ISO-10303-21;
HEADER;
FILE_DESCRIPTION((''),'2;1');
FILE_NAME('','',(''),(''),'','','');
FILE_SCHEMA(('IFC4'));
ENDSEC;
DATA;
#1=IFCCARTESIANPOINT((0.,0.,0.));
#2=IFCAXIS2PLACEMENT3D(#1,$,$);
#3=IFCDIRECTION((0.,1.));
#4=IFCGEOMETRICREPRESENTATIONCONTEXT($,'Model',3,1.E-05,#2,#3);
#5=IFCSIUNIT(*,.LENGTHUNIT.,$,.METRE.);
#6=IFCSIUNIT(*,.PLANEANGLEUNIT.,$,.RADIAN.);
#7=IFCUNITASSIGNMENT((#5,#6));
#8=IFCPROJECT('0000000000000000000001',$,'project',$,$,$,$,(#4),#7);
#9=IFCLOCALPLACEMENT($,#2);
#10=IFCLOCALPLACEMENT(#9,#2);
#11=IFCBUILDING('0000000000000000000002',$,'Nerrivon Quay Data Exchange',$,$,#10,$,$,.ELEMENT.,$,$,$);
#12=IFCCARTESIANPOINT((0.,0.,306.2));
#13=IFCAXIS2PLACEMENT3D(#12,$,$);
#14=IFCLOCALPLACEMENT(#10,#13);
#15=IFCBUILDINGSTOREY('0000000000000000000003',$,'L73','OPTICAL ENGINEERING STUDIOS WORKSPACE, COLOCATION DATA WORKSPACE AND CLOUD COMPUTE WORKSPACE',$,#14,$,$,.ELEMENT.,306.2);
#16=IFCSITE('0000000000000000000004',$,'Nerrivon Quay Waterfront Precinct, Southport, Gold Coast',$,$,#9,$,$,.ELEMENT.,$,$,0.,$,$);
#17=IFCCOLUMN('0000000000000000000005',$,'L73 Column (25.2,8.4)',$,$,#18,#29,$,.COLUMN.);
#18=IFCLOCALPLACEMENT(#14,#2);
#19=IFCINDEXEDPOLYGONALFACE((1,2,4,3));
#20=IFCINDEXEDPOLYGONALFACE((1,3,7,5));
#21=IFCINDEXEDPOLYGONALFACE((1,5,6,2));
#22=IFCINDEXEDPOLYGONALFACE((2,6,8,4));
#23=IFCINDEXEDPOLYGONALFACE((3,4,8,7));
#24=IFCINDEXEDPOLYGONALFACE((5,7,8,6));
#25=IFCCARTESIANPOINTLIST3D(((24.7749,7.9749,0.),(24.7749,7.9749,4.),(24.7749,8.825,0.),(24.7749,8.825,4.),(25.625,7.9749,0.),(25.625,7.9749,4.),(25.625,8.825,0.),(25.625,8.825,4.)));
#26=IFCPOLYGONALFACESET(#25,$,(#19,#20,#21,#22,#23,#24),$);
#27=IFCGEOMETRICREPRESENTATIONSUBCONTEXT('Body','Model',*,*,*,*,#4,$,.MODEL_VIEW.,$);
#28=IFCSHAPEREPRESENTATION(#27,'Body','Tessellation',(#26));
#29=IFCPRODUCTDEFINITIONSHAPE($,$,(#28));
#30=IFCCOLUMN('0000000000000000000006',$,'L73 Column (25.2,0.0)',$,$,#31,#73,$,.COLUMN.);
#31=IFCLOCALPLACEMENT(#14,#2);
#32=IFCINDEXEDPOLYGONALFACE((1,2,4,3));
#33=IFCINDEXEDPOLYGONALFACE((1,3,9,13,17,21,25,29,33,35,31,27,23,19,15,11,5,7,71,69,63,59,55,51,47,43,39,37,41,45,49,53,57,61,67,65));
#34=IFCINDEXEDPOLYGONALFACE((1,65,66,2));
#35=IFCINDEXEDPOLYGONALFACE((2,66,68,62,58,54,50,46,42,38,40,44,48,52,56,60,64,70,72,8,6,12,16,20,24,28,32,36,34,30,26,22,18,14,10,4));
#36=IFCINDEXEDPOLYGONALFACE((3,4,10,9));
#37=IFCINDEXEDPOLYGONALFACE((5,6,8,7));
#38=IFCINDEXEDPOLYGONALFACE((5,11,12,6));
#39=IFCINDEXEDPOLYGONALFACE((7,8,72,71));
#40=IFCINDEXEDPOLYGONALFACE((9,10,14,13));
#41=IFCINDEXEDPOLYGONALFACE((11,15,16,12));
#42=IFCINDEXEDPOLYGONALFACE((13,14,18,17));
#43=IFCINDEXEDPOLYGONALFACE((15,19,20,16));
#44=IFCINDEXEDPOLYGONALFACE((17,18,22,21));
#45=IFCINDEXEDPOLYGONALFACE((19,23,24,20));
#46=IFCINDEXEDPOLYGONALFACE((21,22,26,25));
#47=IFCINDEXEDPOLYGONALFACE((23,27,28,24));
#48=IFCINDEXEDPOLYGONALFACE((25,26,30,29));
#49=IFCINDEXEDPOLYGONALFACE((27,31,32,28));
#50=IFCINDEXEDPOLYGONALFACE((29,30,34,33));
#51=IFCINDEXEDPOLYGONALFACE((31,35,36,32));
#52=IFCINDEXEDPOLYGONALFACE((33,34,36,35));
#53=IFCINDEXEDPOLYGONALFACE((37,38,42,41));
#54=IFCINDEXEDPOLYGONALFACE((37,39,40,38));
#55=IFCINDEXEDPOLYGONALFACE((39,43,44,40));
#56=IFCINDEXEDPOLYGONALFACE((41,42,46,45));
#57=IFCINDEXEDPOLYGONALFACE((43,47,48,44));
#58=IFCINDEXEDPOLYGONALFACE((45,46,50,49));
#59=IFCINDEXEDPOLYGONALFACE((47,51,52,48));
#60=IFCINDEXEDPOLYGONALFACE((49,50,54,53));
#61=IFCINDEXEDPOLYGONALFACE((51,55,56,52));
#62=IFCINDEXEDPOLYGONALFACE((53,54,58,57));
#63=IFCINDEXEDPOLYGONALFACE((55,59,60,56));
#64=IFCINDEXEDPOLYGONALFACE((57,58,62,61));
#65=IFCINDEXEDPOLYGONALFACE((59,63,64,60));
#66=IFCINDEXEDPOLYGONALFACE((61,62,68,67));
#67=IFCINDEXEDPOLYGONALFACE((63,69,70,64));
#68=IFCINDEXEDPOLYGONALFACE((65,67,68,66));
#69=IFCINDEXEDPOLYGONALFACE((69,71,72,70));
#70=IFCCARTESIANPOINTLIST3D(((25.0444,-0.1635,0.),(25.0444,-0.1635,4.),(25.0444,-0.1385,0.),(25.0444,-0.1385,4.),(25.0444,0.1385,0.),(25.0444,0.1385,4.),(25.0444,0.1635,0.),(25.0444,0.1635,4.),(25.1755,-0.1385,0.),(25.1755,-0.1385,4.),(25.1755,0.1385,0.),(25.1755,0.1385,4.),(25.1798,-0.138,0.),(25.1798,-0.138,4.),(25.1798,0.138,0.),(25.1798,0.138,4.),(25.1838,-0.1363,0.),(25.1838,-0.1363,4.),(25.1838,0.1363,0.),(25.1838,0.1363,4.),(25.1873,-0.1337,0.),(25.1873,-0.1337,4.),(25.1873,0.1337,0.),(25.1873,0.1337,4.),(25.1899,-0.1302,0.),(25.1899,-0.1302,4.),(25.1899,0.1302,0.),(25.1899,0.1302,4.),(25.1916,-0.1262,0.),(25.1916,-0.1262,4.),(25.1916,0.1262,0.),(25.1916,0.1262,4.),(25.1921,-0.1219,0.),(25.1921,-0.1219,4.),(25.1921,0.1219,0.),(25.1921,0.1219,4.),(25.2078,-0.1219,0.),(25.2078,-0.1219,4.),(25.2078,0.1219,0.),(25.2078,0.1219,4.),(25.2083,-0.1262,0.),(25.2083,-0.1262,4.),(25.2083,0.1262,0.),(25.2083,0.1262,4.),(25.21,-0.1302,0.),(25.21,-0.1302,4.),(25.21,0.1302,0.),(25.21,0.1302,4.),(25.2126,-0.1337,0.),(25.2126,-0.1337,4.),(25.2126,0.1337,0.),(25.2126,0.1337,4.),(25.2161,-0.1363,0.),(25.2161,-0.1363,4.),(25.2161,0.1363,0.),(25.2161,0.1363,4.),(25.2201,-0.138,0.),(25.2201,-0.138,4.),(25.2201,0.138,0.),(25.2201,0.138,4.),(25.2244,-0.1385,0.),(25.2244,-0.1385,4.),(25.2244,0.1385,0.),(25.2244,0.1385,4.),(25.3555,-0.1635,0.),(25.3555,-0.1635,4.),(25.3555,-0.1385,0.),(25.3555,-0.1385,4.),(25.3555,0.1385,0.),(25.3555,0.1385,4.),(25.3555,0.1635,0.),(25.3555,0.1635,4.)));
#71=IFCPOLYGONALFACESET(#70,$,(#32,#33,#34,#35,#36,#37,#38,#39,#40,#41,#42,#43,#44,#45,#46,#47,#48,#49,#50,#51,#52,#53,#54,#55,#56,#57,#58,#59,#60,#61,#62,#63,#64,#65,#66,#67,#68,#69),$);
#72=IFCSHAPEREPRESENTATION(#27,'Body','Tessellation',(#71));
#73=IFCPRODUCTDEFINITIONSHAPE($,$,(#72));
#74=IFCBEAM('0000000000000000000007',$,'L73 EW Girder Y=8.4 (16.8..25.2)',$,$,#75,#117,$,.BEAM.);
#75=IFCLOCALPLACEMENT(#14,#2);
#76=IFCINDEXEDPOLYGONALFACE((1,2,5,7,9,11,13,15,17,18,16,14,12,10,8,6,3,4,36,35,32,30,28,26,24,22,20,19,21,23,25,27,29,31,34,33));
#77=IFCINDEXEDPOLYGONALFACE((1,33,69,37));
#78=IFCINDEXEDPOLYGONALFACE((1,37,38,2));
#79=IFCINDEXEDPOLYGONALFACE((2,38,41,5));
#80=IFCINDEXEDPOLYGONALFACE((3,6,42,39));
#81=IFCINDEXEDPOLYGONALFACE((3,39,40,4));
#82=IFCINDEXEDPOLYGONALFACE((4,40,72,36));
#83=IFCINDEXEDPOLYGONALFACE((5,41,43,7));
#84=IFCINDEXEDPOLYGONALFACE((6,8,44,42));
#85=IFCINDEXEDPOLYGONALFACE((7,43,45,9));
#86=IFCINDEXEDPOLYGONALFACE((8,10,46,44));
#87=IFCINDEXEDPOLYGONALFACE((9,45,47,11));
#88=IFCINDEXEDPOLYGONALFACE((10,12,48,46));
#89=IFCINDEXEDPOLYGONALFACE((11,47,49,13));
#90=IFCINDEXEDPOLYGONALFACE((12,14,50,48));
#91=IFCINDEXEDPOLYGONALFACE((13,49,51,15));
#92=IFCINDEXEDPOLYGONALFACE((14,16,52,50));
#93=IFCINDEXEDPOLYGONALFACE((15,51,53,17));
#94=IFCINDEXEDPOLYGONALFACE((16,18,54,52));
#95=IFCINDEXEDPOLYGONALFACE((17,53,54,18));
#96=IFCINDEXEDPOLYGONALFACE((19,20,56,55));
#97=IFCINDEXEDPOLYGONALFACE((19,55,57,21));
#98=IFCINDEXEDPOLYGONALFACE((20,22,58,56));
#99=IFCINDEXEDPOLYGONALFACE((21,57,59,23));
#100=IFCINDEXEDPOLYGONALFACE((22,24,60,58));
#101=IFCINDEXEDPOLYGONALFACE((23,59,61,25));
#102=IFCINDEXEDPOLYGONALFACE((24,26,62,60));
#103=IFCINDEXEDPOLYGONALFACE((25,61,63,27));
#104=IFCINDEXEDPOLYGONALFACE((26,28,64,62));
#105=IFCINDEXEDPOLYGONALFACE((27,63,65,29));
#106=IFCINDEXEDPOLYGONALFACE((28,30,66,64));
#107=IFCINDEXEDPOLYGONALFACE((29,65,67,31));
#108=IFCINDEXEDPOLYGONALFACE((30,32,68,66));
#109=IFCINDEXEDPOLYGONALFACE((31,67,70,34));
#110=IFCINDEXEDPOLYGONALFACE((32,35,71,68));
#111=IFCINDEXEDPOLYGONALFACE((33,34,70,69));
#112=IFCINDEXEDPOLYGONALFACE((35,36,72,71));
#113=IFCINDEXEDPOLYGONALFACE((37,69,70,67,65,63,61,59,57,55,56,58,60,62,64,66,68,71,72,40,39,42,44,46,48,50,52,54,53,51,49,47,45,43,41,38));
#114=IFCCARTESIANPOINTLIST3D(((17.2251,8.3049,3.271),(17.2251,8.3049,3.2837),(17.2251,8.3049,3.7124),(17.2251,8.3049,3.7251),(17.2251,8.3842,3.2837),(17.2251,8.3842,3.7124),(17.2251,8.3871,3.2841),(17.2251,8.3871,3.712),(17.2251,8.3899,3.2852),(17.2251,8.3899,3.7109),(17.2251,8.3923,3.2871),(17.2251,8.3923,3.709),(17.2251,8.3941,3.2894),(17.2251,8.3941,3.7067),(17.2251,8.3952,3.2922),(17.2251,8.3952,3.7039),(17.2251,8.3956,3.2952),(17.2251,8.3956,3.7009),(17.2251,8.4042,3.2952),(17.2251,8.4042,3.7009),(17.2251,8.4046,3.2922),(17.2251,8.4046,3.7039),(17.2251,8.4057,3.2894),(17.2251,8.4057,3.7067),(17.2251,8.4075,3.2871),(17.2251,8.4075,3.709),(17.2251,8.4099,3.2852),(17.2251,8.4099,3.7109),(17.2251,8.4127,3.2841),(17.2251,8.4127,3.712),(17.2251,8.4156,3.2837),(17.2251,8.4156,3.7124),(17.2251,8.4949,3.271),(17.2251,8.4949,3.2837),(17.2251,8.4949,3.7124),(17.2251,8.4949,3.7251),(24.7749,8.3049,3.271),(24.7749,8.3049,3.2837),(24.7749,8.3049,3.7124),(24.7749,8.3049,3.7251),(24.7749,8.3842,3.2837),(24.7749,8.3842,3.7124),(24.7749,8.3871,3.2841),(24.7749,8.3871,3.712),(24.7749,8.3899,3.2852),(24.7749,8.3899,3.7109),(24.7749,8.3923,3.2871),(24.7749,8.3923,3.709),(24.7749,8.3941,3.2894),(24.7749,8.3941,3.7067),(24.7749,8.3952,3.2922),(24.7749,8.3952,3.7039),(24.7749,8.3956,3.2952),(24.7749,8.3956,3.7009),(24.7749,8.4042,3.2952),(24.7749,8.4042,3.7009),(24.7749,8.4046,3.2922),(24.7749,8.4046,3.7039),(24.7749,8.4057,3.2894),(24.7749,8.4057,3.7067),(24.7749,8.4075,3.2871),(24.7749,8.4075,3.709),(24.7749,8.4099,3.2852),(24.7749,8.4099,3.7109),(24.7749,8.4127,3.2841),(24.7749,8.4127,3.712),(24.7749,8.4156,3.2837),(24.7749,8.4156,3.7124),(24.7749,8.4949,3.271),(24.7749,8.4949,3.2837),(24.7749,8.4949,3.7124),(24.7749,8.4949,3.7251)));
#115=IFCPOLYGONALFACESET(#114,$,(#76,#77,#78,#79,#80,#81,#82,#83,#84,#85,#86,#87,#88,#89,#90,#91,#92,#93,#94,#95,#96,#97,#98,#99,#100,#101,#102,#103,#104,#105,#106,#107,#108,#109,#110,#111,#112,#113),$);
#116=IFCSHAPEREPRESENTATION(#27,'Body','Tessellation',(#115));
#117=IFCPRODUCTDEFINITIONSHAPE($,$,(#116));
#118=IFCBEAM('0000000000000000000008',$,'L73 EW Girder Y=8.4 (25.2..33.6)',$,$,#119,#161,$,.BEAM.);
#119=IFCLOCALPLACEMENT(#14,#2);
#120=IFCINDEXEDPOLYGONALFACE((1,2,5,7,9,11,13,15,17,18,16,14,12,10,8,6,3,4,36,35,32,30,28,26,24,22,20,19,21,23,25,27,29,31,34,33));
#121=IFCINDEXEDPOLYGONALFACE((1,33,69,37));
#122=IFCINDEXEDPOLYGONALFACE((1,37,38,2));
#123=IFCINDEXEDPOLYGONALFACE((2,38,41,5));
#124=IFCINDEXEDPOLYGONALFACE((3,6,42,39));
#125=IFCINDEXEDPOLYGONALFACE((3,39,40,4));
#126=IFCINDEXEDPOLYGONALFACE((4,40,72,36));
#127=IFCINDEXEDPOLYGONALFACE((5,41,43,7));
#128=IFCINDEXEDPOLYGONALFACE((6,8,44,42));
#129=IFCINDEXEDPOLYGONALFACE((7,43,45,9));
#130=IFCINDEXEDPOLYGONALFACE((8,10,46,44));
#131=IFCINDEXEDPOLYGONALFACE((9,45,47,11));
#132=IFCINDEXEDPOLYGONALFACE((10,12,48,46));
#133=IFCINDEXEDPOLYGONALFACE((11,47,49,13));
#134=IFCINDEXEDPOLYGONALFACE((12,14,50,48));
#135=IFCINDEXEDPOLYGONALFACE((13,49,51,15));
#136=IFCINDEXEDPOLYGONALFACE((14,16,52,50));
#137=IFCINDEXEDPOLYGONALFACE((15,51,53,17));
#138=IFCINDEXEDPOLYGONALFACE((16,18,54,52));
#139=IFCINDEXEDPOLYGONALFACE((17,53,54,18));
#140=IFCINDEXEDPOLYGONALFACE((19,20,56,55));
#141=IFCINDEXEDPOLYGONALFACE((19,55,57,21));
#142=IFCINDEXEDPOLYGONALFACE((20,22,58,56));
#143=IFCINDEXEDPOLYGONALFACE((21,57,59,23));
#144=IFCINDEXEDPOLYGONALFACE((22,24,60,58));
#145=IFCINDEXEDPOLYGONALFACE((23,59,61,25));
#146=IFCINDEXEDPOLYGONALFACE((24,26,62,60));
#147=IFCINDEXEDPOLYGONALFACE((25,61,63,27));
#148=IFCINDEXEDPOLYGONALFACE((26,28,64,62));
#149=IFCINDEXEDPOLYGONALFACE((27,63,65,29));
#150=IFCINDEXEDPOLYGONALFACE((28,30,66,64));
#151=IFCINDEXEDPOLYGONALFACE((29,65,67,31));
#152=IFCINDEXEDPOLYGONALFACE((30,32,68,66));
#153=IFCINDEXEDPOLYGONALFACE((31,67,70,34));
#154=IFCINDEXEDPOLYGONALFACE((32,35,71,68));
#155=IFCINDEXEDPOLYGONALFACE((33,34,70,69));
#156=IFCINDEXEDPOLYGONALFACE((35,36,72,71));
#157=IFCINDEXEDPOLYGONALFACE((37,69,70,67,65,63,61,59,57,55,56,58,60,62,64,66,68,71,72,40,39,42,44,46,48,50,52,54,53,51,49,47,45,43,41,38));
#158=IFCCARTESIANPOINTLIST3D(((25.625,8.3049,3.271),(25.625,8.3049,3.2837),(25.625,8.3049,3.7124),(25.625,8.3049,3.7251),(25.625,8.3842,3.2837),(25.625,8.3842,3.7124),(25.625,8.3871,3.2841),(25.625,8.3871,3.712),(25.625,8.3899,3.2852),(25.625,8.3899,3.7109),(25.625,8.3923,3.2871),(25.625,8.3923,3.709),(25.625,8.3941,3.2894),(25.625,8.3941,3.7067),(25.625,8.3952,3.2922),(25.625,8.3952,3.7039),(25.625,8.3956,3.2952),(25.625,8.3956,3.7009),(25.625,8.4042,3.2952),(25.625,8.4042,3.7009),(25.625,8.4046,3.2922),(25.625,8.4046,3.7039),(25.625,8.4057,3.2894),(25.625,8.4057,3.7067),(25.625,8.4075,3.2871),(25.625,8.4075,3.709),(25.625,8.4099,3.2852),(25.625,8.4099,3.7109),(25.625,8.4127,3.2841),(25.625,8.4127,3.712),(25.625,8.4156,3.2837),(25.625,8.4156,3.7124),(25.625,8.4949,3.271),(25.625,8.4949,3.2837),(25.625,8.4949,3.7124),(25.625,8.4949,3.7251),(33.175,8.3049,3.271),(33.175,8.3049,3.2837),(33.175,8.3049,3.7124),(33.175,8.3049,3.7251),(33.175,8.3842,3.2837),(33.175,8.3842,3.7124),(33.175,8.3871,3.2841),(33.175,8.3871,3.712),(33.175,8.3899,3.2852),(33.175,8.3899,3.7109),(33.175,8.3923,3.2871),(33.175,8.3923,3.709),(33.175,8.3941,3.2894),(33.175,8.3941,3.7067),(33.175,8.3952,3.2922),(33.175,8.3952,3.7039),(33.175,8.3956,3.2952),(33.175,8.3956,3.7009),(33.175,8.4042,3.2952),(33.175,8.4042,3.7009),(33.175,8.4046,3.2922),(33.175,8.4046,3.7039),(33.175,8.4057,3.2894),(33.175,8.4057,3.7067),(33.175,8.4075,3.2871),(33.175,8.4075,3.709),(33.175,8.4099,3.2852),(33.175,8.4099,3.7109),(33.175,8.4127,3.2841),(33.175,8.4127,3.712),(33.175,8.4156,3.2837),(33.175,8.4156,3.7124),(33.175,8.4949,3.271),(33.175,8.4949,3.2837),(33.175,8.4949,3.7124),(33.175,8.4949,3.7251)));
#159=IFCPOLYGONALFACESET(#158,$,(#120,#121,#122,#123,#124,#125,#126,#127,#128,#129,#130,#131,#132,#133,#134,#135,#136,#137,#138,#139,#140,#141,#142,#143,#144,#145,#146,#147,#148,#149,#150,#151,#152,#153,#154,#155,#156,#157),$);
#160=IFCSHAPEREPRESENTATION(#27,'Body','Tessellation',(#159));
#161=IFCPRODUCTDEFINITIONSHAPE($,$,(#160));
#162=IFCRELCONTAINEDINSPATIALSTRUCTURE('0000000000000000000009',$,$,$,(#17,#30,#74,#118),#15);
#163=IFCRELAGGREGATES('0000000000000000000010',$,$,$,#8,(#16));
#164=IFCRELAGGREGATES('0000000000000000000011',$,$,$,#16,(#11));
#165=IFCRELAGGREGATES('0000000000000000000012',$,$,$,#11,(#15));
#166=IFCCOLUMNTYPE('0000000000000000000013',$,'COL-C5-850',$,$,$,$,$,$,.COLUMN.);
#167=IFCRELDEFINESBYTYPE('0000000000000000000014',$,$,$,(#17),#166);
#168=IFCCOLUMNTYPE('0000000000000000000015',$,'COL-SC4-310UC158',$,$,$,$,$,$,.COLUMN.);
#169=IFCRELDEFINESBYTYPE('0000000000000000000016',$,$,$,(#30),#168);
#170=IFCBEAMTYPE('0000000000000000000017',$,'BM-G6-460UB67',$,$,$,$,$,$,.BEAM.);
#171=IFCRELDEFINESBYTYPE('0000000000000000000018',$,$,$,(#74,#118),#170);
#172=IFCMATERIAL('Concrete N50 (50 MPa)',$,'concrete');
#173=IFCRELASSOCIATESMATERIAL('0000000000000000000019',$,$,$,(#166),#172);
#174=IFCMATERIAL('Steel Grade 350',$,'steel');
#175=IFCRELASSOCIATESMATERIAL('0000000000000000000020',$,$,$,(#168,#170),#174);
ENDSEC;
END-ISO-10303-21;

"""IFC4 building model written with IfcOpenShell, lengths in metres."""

from ifc_helpers import new_model, si_unit, direction, frame, origin, origin_2d, place, context, subcontext, project, spatial, rectangle, i_section, extrude, material, material_profile, profile_set, type_object, element, save


model = new_model("IFC4")

# Units and contexts
model_context = context("Model", 3, precision=1e-05, world=origin(), true_north=direction((0.0, 1.0)))
body_context = subcontext(model_context, "Body", "Model", "MODEL_VIEW")
ifc_project = project(units=[si_unit("LENGTHUNIT", "METRE"), si_unit("PLANEANGLEUNIT", "RADIAN")], contexts=[model_context])

# Site, building, storey
site_placement = place(None, origin())
site = spatial("IfcSite", under=ifc_project, at=site_placement, Name="Nerrivon Quay Waterfront Precinct, Southport, Gold Coast", CompositionType="ELEMENT", RefElevation=0.0)
building_placement = place(site_placement, origin())
building = spatial("IfcBuilding", under=site, at=building_placement, Name="Nerrivon Quay Data Exchange", CompositionType="ELEMENT")
storey_placement = place(building_placement, frame((0.0, 0.0, 306.2)))
storey = spatial("IfcBuildingStorey", under=building, at=storey_placement, Name="L73", Description="OPTICAL ENGINEERING STUDIOS WORKSPACE, COLOCATION DATA WORKSPACE AND CLOUD COMPUTE WORKSPACE", CompositionType="ELEMENT", Elevation=306.2)

# Columns
ifc_material_1 = material(Name="Concrete N50 (50 MPa)", Category="concrete")
ifc_material_profile_1 = material_profile(ifc_material_1, rectangle(XDim=0.8501, YDim=0.8501, at=origin_2d()), Name="RC-COL-850x850")
ifc_profile_set_1 = profile_set([ifc_material_profile_1], Name="Concrete N50 (50 MPa)")
column_type_1 = type_object("IfcColumnType", Name="COL-C5-850", PredefinedType="COLUMN", material=ifc_profile_set_1)
column_1_placement = place(storey_placement, frame((25.2, 8.3999, 0.0), z_axis=(0.0, 0.0, 1.0), x_axis=(1.0, 0.0, 0.0)))
element("IfcColumn", 1, at=column_1_placement, inside=storey, type_object=column_type_1, Name="L73 Column (25.2,8.4)", PredefinedType="COLUMN", context=body_context, shape_type="SweptSolid", body=[
    extrude(rectangle(XDim=0.8501, YDim=0.8501, at=origin_2d()), origin(), (0.0, 0.0, 1.0), 4.0),
])
ifc_material_2 = material(Name="Steel Grade 350", Category="steel")
ifc_material_profile_2 = material_profile(ifc_material_2, i_section(OverallWidth=0.311, OverallDepth=0.3269, WebThickness=0.0156, FlangeThickness=0.0249, FilletRadius=0.0166, at=origin_2d()), Name="310UC158")
ifc_profile_set_2 = profile_set([ifc_material_profile_2], Name="Steel Grade 350")
column_type_2 = type_object("IfcColumnType", Name="COL-SC4-310UC158", PredefinedType="COLUMN", material=ifc_profile_set_2)
column_2_placement = place(storey_placement, frame((25.2, 0.0, 0.0), z_axis=(0.0, 0.0, 1.0), x_axis=(1.0, 0.0, 0.0)))
element("IfcColumn", 2, at=column_2_placement, inside=storey, type_object=column_type_2, Name="L73 Column (25.2,0.0)", PredefinedType="COLUMN", context=body_context, shape_type="SweptSolid", body=[
    extrude(i_section(OverallWidth=0.311, OverallDepth=0.3269, WebThickness=0.0156, FlangeThickness=0.0249, FilletRadius=0.0166, at=origin_2d()), origin(), (0.0, 0.0, 1.0), 4.0),
])

# Beams
ifc_material_profile_3 = material_profile(ifc_material_2, i_section(OverallWidth=0.1899, OverallDepth=0.4541, WebThickness=0.0085, FlangeThickness=0.0127, FilletRadius=0.0115, at=origin_2d()), Name="460UB67.1")
ifc_profile_set_3 = profile_set([ifc_material_profile_3], Name="Steel Grade 350")
beam_type_1 = type_object("IfcBeamType", Name="BM-G6-460UB67", PredefinedType="BEAM", material=ifc_profile_set_3)
beam_1_placement = place(storey_placement, frame((17.2251, 8.3999, 3.498), z_axis=(1.0, 0.0, 0.0), x_axis=(0.0, 1.0, 0.0)))
element("IfcBeam", 3, at=beam_1_placement, inside=storey, type_object=beam_type_1, Name="L73 EW Girder Y=8.4 (16.8..25.2)", PredefinedType="BEAM", context=body_context, shape_type="SweptSolid", body=[
    extrude(i_section(OverallWidth=0.1899, OverallDepth=0.4541, WebThickness=0.0085, FlangeThickness=0.0127, FilletRadius=0.0115, at=origin_2d()), origin(), (0.0, 0.0, 1.0), 7.5498),
])
beam_2_placement = place(storey_placement, frame((25.625, 8.3999, 3.498), z_axis=(1.0, 0.0, 0.0), x_axis=(0.0, 1.0, 0.0)))
element("IfcBeam", 4, at=beam_2_placement, inside=storey, type_object=beam_type_1, Name="L73 EW Girder Y=8.4 (25.2..33.6)", PredefinedType="BEAM", context=body_context, shape_type="SweptSolid", body=[
    extrude(i_section(OverallWidth=0.1899, OverallDepth=0.4541, WebThickness=0.0085, FlangeThickness=0.0127, FilletRadius=0.0115, at=origin_2d()), origin(), (0.0, 0.0, 1.0), 7.55),
])

save(model, "model.ifc")
